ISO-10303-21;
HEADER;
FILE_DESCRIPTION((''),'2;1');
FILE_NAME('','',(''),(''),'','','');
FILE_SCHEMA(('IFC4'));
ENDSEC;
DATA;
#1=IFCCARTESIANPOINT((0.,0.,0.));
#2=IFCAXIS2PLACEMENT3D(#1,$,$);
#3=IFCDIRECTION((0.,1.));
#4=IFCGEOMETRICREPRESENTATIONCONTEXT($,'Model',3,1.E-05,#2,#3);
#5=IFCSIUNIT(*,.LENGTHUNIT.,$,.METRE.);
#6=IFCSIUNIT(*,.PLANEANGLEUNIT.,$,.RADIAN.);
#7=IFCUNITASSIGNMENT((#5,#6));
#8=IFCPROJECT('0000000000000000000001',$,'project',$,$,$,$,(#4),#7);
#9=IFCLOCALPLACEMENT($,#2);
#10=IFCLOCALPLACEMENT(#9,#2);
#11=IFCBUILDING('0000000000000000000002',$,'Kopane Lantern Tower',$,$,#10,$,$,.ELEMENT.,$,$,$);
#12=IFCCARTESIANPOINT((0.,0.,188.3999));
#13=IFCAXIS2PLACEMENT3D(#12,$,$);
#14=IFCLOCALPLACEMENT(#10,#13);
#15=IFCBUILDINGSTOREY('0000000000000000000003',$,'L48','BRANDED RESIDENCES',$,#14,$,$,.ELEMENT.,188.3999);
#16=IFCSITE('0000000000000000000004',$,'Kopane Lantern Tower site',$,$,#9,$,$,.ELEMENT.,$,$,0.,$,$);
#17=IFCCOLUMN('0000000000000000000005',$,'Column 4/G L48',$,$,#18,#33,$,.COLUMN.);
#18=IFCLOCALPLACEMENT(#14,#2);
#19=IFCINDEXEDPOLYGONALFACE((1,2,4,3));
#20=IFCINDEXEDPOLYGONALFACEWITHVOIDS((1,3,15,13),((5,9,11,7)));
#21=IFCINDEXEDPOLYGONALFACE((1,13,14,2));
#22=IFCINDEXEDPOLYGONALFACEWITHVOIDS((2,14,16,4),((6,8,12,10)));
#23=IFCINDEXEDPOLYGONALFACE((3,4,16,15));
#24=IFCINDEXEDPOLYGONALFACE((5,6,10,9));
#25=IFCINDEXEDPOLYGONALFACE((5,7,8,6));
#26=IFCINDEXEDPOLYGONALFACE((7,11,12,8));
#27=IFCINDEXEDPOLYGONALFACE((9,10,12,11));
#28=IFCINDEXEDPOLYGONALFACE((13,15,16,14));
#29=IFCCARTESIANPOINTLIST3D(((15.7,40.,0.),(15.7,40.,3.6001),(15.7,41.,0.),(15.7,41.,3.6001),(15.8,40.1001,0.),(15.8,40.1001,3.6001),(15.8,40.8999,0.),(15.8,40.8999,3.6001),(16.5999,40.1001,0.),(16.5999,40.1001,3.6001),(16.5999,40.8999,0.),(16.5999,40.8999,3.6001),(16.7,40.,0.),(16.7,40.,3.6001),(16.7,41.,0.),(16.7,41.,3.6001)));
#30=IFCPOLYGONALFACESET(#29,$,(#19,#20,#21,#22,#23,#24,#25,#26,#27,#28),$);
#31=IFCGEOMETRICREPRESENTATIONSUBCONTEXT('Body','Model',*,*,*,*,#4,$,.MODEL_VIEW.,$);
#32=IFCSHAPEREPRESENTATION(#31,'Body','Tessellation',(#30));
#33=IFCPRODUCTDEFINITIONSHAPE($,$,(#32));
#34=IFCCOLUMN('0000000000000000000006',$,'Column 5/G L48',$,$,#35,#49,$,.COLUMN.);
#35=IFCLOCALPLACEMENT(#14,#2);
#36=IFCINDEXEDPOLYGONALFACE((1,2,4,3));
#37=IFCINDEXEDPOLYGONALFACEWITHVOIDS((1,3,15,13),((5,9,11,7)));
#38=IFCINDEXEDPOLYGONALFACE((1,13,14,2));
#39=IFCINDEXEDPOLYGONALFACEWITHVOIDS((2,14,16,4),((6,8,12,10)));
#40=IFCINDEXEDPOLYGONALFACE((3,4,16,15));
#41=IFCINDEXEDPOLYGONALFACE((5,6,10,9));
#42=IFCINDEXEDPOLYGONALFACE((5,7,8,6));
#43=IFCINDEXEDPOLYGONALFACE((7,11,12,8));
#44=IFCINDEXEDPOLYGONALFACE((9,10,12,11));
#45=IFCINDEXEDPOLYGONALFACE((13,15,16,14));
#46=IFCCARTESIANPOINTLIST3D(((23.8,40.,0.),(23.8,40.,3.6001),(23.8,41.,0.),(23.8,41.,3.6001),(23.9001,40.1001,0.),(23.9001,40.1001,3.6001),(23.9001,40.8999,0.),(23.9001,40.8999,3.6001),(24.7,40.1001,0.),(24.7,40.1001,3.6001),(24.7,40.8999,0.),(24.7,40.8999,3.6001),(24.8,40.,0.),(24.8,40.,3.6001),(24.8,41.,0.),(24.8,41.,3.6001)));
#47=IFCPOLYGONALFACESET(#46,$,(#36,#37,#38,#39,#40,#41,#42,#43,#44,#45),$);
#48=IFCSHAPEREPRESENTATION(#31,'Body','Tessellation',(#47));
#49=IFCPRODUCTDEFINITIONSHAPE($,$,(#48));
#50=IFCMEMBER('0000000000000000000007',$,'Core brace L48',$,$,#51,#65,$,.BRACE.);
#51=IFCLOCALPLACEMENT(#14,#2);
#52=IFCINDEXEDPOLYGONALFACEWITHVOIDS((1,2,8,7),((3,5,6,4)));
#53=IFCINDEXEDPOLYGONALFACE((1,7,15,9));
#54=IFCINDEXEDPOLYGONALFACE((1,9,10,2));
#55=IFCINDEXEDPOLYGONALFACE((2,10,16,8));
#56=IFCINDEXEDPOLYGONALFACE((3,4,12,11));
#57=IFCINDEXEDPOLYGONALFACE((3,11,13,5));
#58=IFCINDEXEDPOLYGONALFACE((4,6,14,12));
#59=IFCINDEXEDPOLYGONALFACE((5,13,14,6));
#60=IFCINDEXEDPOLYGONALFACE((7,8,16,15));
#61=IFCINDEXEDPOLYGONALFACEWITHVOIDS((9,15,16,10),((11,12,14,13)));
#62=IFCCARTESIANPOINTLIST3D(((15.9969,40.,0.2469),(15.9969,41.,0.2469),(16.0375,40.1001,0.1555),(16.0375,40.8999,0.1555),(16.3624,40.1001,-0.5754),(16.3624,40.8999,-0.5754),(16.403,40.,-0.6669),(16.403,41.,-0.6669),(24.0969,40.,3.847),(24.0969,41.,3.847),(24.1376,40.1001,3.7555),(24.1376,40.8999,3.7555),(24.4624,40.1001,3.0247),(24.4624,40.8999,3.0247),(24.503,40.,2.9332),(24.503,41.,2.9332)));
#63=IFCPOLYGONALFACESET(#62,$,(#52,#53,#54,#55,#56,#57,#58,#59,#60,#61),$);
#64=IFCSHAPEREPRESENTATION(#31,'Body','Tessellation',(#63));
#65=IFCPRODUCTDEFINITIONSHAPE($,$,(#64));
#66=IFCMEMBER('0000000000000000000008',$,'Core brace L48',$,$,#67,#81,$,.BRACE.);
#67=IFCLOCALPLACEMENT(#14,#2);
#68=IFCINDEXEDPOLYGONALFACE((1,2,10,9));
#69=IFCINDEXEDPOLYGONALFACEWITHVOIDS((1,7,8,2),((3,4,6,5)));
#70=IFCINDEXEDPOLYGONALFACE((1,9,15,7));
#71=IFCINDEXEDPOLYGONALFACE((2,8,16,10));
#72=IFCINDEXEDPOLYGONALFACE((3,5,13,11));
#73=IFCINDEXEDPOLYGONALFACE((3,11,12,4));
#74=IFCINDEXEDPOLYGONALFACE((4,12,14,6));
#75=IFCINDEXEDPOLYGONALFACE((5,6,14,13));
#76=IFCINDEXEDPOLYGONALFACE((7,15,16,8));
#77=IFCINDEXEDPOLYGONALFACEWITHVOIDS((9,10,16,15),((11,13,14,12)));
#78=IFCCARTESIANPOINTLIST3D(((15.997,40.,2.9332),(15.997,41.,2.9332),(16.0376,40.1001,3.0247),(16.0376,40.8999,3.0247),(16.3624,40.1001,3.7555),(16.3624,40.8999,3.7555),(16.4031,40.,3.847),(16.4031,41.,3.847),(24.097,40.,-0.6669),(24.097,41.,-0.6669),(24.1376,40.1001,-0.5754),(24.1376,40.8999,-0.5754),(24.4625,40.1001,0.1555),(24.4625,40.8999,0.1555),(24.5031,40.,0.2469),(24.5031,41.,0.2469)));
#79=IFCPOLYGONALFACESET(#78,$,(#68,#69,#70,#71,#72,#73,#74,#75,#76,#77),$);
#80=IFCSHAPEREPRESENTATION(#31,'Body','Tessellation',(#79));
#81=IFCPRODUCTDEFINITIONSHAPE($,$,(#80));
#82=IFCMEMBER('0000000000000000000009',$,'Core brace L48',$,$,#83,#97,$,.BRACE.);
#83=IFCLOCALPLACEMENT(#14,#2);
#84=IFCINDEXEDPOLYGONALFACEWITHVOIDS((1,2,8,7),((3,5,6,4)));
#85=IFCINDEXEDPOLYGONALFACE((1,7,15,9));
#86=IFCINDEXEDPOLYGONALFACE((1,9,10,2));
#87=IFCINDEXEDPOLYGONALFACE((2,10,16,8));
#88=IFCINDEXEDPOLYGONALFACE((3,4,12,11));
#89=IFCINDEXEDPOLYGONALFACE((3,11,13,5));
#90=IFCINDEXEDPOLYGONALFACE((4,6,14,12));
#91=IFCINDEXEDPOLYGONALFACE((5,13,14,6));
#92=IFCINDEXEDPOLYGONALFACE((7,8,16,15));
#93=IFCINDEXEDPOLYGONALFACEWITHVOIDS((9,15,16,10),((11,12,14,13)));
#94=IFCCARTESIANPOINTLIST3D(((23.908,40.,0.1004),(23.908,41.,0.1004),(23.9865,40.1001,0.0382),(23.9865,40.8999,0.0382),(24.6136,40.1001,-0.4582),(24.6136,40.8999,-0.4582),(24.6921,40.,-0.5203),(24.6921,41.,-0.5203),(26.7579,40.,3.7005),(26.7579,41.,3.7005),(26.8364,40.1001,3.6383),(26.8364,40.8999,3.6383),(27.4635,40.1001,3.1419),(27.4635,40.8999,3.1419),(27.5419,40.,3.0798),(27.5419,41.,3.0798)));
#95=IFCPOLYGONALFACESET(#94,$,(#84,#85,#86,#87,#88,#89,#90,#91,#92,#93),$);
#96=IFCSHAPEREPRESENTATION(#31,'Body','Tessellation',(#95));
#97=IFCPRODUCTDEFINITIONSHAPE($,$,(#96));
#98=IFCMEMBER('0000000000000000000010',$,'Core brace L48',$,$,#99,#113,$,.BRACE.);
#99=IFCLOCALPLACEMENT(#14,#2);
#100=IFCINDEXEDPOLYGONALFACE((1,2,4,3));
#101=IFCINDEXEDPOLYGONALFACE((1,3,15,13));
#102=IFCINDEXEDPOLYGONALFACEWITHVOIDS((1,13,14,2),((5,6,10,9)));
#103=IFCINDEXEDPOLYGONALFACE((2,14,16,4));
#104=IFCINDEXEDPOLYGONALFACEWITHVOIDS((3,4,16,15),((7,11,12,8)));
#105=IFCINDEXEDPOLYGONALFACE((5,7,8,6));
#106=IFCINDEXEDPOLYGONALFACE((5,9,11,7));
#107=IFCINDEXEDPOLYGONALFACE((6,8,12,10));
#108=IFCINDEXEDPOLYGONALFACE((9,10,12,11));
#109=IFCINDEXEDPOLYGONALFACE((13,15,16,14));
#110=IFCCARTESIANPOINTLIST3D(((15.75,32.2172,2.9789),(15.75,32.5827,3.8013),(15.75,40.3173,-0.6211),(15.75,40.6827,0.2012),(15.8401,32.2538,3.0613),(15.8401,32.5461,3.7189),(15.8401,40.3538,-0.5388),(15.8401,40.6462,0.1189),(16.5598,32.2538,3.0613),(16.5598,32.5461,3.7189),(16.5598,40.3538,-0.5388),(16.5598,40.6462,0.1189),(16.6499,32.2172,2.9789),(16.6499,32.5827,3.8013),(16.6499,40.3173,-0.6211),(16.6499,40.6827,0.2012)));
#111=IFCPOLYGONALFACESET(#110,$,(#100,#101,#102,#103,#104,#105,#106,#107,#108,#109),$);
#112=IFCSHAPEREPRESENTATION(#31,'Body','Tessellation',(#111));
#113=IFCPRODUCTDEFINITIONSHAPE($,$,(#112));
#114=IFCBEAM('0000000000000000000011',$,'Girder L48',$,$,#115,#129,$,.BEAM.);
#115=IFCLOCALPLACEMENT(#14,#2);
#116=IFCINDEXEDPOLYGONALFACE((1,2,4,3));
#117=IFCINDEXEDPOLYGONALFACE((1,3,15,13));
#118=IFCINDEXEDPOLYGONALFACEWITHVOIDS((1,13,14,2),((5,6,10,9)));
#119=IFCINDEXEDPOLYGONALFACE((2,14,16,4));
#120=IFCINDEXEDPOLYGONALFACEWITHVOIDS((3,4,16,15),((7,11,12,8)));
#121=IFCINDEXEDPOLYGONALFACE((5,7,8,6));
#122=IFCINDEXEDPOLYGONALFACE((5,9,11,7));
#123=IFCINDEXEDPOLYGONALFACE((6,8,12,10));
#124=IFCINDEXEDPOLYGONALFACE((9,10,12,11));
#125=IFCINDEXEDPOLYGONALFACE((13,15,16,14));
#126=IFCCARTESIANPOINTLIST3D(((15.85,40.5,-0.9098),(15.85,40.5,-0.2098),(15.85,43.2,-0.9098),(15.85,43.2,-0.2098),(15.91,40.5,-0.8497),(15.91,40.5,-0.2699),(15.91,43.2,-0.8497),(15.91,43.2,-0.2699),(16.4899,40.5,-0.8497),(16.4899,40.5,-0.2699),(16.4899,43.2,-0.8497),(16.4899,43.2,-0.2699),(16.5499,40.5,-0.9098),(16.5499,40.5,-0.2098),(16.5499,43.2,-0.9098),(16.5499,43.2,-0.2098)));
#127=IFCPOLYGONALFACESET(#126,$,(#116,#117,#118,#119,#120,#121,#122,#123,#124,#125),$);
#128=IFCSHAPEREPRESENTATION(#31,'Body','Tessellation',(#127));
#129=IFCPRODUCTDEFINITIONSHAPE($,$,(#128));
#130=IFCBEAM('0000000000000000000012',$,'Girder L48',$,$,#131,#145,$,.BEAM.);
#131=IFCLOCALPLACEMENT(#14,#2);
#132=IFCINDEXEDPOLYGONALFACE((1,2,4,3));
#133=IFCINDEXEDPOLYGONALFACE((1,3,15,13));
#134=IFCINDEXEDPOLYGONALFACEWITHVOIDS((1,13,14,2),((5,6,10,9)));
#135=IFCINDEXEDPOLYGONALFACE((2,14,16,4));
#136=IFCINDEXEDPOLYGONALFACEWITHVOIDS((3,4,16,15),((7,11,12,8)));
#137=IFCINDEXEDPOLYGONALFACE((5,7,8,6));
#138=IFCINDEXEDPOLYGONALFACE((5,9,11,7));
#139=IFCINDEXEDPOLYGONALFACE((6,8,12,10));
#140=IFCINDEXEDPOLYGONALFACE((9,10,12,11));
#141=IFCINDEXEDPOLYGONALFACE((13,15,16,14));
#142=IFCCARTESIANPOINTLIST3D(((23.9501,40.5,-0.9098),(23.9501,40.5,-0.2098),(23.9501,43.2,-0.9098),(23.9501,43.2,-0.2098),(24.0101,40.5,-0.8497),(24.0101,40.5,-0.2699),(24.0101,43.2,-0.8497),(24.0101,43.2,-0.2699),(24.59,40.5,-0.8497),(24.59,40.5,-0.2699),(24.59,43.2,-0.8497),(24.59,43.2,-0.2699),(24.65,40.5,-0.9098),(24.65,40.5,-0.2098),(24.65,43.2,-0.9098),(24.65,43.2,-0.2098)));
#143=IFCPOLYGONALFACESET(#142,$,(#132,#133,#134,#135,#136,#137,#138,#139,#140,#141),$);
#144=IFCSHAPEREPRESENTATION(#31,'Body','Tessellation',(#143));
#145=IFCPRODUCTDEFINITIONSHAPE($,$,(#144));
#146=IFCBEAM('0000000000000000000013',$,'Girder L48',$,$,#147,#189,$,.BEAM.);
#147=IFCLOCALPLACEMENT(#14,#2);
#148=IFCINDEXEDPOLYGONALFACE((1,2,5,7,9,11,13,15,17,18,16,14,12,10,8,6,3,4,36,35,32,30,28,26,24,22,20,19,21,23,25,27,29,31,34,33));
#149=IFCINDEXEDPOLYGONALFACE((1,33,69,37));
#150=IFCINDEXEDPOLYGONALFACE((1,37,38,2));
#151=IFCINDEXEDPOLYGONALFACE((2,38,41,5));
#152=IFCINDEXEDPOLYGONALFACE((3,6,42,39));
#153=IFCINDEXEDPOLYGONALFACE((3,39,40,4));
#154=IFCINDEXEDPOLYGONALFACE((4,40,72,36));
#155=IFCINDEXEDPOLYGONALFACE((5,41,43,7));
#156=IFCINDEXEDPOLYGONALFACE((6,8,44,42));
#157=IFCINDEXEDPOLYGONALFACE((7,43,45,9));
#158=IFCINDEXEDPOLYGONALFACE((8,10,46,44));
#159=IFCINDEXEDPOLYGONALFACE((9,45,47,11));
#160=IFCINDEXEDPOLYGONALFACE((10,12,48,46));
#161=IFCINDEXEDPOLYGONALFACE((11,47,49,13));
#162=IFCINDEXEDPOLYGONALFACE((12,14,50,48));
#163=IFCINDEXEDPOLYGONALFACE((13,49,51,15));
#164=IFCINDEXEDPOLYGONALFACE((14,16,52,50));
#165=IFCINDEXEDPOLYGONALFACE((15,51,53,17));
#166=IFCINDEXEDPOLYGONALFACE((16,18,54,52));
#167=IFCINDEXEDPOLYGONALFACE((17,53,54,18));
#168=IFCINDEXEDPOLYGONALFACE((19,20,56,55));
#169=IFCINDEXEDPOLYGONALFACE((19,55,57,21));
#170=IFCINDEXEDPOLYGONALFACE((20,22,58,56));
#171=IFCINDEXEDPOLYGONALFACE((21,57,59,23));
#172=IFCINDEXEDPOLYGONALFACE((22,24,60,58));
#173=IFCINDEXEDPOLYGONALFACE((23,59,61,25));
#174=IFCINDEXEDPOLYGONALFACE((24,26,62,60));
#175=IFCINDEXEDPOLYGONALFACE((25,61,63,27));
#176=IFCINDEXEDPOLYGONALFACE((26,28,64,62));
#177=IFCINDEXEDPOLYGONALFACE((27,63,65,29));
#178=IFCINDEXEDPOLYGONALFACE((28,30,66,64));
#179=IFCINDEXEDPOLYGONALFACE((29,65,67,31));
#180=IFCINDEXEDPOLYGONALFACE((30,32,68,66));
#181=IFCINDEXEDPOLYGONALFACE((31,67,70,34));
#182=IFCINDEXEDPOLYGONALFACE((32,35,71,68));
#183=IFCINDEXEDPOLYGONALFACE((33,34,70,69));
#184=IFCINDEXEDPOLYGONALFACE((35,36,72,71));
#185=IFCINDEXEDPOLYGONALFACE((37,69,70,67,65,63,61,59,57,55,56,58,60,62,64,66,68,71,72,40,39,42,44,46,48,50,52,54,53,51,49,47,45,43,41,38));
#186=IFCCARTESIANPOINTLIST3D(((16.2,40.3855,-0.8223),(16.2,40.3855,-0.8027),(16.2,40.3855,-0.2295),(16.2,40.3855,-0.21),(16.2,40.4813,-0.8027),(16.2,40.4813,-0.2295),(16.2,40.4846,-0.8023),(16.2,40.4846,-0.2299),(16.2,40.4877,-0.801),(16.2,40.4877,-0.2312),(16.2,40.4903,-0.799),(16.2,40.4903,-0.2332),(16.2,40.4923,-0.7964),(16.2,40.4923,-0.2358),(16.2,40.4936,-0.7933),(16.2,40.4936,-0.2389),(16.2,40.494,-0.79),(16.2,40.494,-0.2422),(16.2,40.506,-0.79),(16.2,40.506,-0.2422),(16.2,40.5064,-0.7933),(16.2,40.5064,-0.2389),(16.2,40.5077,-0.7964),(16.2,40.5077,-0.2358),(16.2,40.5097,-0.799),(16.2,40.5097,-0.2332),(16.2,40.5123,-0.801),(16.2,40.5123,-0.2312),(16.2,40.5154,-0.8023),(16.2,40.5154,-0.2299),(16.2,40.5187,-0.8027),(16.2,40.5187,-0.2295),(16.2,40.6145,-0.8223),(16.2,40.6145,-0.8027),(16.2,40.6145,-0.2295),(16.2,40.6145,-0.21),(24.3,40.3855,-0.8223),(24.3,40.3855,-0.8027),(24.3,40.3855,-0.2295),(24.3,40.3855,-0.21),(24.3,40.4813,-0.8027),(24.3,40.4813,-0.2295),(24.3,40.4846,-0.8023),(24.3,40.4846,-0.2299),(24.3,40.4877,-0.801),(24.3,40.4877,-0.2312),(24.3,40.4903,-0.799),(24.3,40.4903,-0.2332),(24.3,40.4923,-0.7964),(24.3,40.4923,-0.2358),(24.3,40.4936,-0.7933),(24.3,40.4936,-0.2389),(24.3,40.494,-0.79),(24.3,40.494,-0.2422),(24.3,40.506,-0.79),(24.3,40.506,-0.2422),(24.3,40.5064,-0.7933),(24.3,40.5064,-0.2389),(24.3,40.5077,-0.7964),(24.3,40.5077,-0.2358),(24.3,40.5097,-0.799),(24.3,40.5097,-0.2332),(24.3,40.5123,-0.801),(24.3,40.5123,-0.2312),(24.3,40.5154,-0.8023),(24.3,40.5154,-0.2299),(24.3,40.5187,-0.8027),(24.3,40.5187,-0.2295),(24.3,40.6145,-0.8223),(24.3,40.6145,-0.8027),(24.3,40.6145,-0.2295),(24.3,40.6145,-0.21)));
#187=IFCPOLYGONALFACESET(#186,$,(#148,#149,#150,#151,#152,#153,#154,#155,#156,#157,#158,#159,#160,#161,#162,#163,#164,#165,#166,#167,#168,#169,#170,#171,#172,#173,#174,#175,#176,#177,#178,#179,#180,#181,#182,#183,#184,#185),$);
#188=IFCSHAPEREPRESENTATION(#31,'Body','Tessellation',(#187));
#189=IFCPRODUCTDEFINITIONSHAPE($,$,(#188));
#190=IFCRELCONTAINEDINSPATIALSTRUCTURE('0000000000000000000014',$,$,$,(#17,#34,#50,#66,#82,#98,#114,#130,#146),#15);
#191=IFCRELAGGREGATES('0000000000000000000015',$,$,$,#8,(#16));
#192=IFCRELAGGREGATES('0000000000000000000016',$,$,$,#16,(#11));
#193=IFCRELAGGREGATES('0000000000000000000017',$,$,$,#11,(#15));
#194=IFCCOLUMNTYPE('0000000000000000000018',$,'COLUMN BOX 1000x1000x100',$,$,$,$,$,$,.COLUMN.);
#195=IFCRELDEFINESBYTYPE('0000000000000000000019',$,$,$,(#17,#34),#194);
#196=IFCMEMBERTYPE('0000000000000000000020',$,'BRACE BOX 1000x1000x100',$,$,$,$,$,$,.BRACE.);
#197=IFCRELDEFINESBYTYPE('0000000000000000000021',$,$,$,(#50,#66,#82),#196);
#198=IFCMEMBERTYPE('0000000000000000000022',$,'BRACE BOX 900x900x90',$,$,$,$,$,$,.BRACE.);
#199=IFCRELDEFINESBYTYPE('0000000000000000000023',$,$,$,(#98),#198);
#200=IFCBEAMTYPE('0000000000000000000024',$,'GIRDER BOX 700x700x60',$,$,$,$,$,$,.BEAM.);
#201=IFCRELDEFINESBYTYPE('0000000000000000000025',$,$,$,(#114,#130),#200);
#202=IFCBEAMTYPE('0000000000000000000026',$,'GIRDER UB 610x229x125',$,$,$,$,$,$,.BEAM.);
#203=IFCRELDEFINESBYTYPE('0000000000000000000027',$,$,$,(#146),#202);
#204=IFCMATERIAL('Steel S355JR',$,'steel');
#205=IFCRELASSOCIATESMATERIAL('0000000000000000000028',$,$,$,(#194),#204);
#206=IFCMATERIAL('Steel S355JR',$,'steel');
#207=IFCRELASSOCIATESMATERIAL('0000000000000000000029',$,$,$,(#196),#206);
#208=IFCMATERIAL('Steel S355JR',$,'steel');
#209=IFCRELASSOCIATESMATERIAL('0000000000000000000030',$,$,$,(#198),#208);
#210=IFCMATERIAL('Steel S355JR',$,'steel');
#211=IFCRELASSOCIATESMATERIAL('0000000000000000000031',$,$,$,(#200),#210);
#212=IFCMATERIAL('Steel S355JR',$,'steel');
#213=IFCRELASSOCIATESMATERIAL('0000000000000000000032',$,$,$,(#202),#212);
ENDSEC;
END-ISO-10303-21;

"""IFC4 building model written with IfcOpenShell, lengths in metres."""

from ifc_helpers import new_model, si_unit, direction, frame, origin, origin_2d, place, context, subcontext, project, spatial, hollow_rectangle, i_section, extrude, material, material_profile, profile_set, type_object, element, save


model = new_model("IFC4")

# Units and contexts
model_context = context("Model", 3, precision=1e-05, world=origin(), true_north=direction((0.0, 1.0)))
body_context = subcontext(model_context, "Body", "Model", "MODEL_VIEW")
ifc_project = project(units=[si_unit("LENGTHUNIT", "METRE"), si_unit("PLANEANGLEUNIT", "RADIAN")], contexts=[model_context])

# Site, building, storey
site_placement = place(None, origin())
site = spatial("IfcSite", under=ifc_project, at=site_placement, Name="Kopane Lantern Tower site", CompositionType="ELEMENT", RefElevation=0.0)
building_placement = place(site_placement, origin())
building = spatial("IfcBuilding", under=site, at=building_placement, Name="Kopane Lantern Tower", CompositionType="ELEMENT")
storey_placement = place(building_placement, frame((0.0, 0.0, 188.3999)))
storey = spatial("IfcBuildingStorey", under=building, at=storey_placement, Name="L48", Description="BRANDED RESIDENCES", CompositionType="ELEMENT", Elevation=188.3999)

# Columns
ifc_material_1 = material(Name="Steel S355JR", Category="steel")
ifc_material_profile_1 = material_profile(ifc_material_1, hollow_rectangle(XDim=1.0, YDim=1.0, WallThickness=0.1001, at=origin_2d()), Name="BOX 1000x1000x100")
ifc_profile_set_1 = profile_set([ifc_material_profile_1], Name="Steel S355JR")
column_type = type_object("IfcColumnType", Name="COLUMN BOX 1000x1000x100", PredefinedType="COLUMN", material=ifc_profile_set_1)
for number, where, z_axis, x_axis, name in (
    (1, (16.2, 40.5, 0.0), (0.0, 0.0, 1.0), (1.0, 0.0, 0.0), "Column 4/G L48"),
    (2, (24.3, 40.5, 0.0), (0.0, 0.0, 1.0), (1.0, 0.0, 0.0), "Column 5/G L48"),
):
    element("IfcColumn", number, at=place(storey_placement, frame(where, z_axis=z_axis, x_axis=x_axis)), inside=storey, type_object=column_type, Name=name, PredefinedType="COLUMN", context=body_context, shape_type="SweptSolid", body=[
        extrude(hollow_rectangle(XDim=1.0, YDim=1.0, WallThickness=0.1001, at=origin_2d()), origin(), (0.0, 0.0, 1.0), 3.6001),
    ])

# Members
ifc_material_2 = material(Name="Steel S355JR", Category="steel")
ifc_material_profile_2 = material_profile(ifc_material_2, hollow_rectangle(XDim=1.0, YDim=1.0, WallThickness=0.1001, at=origin_2d()), Name="BOX 1000x1000x100")
ifc_profile_set_2 = profile_set([ifc_material_profile_2], Name="Steel S355JR")
member_type_1 = type_object("IfcMemberType", Name="BRACE BOX 1000x1000x100", PredefinedType="BRACE", material=ifc_profile_set_2)
for number, where, z_axis, x_axis, name in (
    (3, (16.2, 40.5, -0.21), (0.913809, 0.0, 0.406144), (0.0, 1.0, 0.0), "Core brace L48"),
    (4, (24.3, 40.5, -0.21), (-0.913809, 0.0, 0.406144), (0.0, -1.0, 0.0), "Core brace L48"),
):
    element("IfcMember", number, at=place(storey_placement, frame(where, z_axis=z_axis, x_axis=x_axis)), inside=storey, type_object=member_type_1, Name=name, PredefinedType="BRACE", context=body_context, shape_type="SweptSolid", body=[
        extrude(hollow_rectangle(XDim=1.0, YDim=1.0, WallThickness=0.1001, at=origin_2d()), origin(), (0.0, 0.0, 1.0), 8.864),
    ])
member_1_placement = place(storey_placement, frame((24.3, 40.5, -0.21), z_axis=(0.620673, 0.0, 0.78407), x_axis=(0.0, 1.0, 0.0)))
element("IfcMember", 5, at=member_1_placement, inside=storey, type_object=member_type_1, Name="Core brace L48", PredefinedType="BRACE", context=body_context, shape_type="SweptSolid", body=[
    extrude(hollow_rectangle(XDim=1.0, YDim=1.0, WallThickness=0.1001, at=origin_2d()), origin(), (0.0, 0.0, 1.0), 4.5916),
])
ifc_material_3 = material(Name="Steel S355JR", Category="steel")
ifc_material_profile_3 = material_profile(ifc_material_3, hollow_rectangle(XDim=0.8999, YDim=0.8999, WallThickness=0.0901, at=origin_2d()), Name="BOX 900x900x90")
ifc_profile_set_3 = profile_set([ifc_material_profile_3], Name="Steel S355JR")
member_type_2 = type_object("IfcMemberType", Name="BRACE BOX 900x900x90", PredefinedType="BRACE", material=ifc_profile_set_3)
member_2_placement = place(storey_placement, frame((16.2, 40.5, -0.21), z_axis=(0.0, -0.913809, 0.406144), x_axis=(1.0, 0.0, 0.0)))
element("IfcMember", 6, at=member_2_placement, inside=storey, type_object=member_type_2, Name="Core brace L48", PredefinedType="BRACE", context=body_context, shape_type="SweptSolid", body=[
    extrude(hollow_rectangle(XDim=0.8999, YDim=0.8999, WallThickness=0.0901, at=origin_2d()), origin(), (0.0, 0.0, 1.0), 8.864),
])

# Beams
ifc_material_4 = material(Name="Steel S355JR", Category="steel")
ifc_material_profile_4 = material_profile(ifc_material_4, hollow_rectangle(XDim=0.7, YDim=0.7, WallThickness=0.0601, at=origin_2d()), Name="BOX 700x700x60")
ifc_profile_set_4 = profile_set([ifc_material_profile_4], Name="Steel S355JR")
beam_type_1 = type_object("IfcBeamType", Name="GIRDER BOX 700x700x60", PredefinedType="BEAM", material=ifc_profile_set_4)
for number, where, z_axis, x_axis, name in (
    (7, (16.2, 40.5, -0.5598), (0.0, 1.0, 0.0), (-1.0, 0.0, 0.0), "Girder L48"),
    (8, (24.3, 40.5, -0.5598), (0.0, 1.0, 0.0), (-1.0, 0.0, 0.0), "Girder L48"),
):
    element("IfcBeam", number, at=place(storey_placement, frame(where, z_axis=z_axis, x_axis=x_axis)), inside=storey, type_object=beam_type_1, Name=name, PredefinedType="BEAM", context=body_context, shape_type="SweptSolid", body=[
        extrude(hollow_rectangle(XDim=0.7, YDim=0.7, WallThickness=0.0601, at=origin_2d()), origin(), (0.0, 0.0, 1.0), 2.7),
    ])
ifc_material_5 = material(Name="Steel S355JR", Category="steel")
ifc_material_profile_5 = material_profile(ifc_material_5, i_section(OverallWidth=0.229, OverallDepth=0.6123, WebThickness=0.012, FlangeThickness=0.0195, FilletRadius=0.0127, at=origin_2d()), Name="UB 610x229x125")
ifc_profile_set_5 = profile_set([ifc_material_profile_5], Name="Steel S355JR")
beam_type_2 = type_object("IfcBeamType", Name="GIRDER UB 610x229x125", PredefinedType="BEAM", material=ifc_profile_set_5)
beam_1_placement = place(storey_placement, frame((16.2, 40.5, -0.5161), z_axis=(1.0, 0.0, 0.0), x_axis=(0.0, 1.0, 0.0)))
element("IfcBeam", 9, at=beam_1_placement, inside=storey, type_object=beam_type_2, Name="Girder L48", PredefinedType="BEAM", context=body_context, shape_type="SweptSolid", body=[
    extrude(i_section(OverallWidth=0.229, OverallDepth=0.6123, WebThickness=0.012, FlangeThickness=0.0195, FilletRadius=0.0127, at=origin_2d()), origin(), (0.0, 0.0, 1.0), 8.1001),
])

save(model, "model.ifc")
